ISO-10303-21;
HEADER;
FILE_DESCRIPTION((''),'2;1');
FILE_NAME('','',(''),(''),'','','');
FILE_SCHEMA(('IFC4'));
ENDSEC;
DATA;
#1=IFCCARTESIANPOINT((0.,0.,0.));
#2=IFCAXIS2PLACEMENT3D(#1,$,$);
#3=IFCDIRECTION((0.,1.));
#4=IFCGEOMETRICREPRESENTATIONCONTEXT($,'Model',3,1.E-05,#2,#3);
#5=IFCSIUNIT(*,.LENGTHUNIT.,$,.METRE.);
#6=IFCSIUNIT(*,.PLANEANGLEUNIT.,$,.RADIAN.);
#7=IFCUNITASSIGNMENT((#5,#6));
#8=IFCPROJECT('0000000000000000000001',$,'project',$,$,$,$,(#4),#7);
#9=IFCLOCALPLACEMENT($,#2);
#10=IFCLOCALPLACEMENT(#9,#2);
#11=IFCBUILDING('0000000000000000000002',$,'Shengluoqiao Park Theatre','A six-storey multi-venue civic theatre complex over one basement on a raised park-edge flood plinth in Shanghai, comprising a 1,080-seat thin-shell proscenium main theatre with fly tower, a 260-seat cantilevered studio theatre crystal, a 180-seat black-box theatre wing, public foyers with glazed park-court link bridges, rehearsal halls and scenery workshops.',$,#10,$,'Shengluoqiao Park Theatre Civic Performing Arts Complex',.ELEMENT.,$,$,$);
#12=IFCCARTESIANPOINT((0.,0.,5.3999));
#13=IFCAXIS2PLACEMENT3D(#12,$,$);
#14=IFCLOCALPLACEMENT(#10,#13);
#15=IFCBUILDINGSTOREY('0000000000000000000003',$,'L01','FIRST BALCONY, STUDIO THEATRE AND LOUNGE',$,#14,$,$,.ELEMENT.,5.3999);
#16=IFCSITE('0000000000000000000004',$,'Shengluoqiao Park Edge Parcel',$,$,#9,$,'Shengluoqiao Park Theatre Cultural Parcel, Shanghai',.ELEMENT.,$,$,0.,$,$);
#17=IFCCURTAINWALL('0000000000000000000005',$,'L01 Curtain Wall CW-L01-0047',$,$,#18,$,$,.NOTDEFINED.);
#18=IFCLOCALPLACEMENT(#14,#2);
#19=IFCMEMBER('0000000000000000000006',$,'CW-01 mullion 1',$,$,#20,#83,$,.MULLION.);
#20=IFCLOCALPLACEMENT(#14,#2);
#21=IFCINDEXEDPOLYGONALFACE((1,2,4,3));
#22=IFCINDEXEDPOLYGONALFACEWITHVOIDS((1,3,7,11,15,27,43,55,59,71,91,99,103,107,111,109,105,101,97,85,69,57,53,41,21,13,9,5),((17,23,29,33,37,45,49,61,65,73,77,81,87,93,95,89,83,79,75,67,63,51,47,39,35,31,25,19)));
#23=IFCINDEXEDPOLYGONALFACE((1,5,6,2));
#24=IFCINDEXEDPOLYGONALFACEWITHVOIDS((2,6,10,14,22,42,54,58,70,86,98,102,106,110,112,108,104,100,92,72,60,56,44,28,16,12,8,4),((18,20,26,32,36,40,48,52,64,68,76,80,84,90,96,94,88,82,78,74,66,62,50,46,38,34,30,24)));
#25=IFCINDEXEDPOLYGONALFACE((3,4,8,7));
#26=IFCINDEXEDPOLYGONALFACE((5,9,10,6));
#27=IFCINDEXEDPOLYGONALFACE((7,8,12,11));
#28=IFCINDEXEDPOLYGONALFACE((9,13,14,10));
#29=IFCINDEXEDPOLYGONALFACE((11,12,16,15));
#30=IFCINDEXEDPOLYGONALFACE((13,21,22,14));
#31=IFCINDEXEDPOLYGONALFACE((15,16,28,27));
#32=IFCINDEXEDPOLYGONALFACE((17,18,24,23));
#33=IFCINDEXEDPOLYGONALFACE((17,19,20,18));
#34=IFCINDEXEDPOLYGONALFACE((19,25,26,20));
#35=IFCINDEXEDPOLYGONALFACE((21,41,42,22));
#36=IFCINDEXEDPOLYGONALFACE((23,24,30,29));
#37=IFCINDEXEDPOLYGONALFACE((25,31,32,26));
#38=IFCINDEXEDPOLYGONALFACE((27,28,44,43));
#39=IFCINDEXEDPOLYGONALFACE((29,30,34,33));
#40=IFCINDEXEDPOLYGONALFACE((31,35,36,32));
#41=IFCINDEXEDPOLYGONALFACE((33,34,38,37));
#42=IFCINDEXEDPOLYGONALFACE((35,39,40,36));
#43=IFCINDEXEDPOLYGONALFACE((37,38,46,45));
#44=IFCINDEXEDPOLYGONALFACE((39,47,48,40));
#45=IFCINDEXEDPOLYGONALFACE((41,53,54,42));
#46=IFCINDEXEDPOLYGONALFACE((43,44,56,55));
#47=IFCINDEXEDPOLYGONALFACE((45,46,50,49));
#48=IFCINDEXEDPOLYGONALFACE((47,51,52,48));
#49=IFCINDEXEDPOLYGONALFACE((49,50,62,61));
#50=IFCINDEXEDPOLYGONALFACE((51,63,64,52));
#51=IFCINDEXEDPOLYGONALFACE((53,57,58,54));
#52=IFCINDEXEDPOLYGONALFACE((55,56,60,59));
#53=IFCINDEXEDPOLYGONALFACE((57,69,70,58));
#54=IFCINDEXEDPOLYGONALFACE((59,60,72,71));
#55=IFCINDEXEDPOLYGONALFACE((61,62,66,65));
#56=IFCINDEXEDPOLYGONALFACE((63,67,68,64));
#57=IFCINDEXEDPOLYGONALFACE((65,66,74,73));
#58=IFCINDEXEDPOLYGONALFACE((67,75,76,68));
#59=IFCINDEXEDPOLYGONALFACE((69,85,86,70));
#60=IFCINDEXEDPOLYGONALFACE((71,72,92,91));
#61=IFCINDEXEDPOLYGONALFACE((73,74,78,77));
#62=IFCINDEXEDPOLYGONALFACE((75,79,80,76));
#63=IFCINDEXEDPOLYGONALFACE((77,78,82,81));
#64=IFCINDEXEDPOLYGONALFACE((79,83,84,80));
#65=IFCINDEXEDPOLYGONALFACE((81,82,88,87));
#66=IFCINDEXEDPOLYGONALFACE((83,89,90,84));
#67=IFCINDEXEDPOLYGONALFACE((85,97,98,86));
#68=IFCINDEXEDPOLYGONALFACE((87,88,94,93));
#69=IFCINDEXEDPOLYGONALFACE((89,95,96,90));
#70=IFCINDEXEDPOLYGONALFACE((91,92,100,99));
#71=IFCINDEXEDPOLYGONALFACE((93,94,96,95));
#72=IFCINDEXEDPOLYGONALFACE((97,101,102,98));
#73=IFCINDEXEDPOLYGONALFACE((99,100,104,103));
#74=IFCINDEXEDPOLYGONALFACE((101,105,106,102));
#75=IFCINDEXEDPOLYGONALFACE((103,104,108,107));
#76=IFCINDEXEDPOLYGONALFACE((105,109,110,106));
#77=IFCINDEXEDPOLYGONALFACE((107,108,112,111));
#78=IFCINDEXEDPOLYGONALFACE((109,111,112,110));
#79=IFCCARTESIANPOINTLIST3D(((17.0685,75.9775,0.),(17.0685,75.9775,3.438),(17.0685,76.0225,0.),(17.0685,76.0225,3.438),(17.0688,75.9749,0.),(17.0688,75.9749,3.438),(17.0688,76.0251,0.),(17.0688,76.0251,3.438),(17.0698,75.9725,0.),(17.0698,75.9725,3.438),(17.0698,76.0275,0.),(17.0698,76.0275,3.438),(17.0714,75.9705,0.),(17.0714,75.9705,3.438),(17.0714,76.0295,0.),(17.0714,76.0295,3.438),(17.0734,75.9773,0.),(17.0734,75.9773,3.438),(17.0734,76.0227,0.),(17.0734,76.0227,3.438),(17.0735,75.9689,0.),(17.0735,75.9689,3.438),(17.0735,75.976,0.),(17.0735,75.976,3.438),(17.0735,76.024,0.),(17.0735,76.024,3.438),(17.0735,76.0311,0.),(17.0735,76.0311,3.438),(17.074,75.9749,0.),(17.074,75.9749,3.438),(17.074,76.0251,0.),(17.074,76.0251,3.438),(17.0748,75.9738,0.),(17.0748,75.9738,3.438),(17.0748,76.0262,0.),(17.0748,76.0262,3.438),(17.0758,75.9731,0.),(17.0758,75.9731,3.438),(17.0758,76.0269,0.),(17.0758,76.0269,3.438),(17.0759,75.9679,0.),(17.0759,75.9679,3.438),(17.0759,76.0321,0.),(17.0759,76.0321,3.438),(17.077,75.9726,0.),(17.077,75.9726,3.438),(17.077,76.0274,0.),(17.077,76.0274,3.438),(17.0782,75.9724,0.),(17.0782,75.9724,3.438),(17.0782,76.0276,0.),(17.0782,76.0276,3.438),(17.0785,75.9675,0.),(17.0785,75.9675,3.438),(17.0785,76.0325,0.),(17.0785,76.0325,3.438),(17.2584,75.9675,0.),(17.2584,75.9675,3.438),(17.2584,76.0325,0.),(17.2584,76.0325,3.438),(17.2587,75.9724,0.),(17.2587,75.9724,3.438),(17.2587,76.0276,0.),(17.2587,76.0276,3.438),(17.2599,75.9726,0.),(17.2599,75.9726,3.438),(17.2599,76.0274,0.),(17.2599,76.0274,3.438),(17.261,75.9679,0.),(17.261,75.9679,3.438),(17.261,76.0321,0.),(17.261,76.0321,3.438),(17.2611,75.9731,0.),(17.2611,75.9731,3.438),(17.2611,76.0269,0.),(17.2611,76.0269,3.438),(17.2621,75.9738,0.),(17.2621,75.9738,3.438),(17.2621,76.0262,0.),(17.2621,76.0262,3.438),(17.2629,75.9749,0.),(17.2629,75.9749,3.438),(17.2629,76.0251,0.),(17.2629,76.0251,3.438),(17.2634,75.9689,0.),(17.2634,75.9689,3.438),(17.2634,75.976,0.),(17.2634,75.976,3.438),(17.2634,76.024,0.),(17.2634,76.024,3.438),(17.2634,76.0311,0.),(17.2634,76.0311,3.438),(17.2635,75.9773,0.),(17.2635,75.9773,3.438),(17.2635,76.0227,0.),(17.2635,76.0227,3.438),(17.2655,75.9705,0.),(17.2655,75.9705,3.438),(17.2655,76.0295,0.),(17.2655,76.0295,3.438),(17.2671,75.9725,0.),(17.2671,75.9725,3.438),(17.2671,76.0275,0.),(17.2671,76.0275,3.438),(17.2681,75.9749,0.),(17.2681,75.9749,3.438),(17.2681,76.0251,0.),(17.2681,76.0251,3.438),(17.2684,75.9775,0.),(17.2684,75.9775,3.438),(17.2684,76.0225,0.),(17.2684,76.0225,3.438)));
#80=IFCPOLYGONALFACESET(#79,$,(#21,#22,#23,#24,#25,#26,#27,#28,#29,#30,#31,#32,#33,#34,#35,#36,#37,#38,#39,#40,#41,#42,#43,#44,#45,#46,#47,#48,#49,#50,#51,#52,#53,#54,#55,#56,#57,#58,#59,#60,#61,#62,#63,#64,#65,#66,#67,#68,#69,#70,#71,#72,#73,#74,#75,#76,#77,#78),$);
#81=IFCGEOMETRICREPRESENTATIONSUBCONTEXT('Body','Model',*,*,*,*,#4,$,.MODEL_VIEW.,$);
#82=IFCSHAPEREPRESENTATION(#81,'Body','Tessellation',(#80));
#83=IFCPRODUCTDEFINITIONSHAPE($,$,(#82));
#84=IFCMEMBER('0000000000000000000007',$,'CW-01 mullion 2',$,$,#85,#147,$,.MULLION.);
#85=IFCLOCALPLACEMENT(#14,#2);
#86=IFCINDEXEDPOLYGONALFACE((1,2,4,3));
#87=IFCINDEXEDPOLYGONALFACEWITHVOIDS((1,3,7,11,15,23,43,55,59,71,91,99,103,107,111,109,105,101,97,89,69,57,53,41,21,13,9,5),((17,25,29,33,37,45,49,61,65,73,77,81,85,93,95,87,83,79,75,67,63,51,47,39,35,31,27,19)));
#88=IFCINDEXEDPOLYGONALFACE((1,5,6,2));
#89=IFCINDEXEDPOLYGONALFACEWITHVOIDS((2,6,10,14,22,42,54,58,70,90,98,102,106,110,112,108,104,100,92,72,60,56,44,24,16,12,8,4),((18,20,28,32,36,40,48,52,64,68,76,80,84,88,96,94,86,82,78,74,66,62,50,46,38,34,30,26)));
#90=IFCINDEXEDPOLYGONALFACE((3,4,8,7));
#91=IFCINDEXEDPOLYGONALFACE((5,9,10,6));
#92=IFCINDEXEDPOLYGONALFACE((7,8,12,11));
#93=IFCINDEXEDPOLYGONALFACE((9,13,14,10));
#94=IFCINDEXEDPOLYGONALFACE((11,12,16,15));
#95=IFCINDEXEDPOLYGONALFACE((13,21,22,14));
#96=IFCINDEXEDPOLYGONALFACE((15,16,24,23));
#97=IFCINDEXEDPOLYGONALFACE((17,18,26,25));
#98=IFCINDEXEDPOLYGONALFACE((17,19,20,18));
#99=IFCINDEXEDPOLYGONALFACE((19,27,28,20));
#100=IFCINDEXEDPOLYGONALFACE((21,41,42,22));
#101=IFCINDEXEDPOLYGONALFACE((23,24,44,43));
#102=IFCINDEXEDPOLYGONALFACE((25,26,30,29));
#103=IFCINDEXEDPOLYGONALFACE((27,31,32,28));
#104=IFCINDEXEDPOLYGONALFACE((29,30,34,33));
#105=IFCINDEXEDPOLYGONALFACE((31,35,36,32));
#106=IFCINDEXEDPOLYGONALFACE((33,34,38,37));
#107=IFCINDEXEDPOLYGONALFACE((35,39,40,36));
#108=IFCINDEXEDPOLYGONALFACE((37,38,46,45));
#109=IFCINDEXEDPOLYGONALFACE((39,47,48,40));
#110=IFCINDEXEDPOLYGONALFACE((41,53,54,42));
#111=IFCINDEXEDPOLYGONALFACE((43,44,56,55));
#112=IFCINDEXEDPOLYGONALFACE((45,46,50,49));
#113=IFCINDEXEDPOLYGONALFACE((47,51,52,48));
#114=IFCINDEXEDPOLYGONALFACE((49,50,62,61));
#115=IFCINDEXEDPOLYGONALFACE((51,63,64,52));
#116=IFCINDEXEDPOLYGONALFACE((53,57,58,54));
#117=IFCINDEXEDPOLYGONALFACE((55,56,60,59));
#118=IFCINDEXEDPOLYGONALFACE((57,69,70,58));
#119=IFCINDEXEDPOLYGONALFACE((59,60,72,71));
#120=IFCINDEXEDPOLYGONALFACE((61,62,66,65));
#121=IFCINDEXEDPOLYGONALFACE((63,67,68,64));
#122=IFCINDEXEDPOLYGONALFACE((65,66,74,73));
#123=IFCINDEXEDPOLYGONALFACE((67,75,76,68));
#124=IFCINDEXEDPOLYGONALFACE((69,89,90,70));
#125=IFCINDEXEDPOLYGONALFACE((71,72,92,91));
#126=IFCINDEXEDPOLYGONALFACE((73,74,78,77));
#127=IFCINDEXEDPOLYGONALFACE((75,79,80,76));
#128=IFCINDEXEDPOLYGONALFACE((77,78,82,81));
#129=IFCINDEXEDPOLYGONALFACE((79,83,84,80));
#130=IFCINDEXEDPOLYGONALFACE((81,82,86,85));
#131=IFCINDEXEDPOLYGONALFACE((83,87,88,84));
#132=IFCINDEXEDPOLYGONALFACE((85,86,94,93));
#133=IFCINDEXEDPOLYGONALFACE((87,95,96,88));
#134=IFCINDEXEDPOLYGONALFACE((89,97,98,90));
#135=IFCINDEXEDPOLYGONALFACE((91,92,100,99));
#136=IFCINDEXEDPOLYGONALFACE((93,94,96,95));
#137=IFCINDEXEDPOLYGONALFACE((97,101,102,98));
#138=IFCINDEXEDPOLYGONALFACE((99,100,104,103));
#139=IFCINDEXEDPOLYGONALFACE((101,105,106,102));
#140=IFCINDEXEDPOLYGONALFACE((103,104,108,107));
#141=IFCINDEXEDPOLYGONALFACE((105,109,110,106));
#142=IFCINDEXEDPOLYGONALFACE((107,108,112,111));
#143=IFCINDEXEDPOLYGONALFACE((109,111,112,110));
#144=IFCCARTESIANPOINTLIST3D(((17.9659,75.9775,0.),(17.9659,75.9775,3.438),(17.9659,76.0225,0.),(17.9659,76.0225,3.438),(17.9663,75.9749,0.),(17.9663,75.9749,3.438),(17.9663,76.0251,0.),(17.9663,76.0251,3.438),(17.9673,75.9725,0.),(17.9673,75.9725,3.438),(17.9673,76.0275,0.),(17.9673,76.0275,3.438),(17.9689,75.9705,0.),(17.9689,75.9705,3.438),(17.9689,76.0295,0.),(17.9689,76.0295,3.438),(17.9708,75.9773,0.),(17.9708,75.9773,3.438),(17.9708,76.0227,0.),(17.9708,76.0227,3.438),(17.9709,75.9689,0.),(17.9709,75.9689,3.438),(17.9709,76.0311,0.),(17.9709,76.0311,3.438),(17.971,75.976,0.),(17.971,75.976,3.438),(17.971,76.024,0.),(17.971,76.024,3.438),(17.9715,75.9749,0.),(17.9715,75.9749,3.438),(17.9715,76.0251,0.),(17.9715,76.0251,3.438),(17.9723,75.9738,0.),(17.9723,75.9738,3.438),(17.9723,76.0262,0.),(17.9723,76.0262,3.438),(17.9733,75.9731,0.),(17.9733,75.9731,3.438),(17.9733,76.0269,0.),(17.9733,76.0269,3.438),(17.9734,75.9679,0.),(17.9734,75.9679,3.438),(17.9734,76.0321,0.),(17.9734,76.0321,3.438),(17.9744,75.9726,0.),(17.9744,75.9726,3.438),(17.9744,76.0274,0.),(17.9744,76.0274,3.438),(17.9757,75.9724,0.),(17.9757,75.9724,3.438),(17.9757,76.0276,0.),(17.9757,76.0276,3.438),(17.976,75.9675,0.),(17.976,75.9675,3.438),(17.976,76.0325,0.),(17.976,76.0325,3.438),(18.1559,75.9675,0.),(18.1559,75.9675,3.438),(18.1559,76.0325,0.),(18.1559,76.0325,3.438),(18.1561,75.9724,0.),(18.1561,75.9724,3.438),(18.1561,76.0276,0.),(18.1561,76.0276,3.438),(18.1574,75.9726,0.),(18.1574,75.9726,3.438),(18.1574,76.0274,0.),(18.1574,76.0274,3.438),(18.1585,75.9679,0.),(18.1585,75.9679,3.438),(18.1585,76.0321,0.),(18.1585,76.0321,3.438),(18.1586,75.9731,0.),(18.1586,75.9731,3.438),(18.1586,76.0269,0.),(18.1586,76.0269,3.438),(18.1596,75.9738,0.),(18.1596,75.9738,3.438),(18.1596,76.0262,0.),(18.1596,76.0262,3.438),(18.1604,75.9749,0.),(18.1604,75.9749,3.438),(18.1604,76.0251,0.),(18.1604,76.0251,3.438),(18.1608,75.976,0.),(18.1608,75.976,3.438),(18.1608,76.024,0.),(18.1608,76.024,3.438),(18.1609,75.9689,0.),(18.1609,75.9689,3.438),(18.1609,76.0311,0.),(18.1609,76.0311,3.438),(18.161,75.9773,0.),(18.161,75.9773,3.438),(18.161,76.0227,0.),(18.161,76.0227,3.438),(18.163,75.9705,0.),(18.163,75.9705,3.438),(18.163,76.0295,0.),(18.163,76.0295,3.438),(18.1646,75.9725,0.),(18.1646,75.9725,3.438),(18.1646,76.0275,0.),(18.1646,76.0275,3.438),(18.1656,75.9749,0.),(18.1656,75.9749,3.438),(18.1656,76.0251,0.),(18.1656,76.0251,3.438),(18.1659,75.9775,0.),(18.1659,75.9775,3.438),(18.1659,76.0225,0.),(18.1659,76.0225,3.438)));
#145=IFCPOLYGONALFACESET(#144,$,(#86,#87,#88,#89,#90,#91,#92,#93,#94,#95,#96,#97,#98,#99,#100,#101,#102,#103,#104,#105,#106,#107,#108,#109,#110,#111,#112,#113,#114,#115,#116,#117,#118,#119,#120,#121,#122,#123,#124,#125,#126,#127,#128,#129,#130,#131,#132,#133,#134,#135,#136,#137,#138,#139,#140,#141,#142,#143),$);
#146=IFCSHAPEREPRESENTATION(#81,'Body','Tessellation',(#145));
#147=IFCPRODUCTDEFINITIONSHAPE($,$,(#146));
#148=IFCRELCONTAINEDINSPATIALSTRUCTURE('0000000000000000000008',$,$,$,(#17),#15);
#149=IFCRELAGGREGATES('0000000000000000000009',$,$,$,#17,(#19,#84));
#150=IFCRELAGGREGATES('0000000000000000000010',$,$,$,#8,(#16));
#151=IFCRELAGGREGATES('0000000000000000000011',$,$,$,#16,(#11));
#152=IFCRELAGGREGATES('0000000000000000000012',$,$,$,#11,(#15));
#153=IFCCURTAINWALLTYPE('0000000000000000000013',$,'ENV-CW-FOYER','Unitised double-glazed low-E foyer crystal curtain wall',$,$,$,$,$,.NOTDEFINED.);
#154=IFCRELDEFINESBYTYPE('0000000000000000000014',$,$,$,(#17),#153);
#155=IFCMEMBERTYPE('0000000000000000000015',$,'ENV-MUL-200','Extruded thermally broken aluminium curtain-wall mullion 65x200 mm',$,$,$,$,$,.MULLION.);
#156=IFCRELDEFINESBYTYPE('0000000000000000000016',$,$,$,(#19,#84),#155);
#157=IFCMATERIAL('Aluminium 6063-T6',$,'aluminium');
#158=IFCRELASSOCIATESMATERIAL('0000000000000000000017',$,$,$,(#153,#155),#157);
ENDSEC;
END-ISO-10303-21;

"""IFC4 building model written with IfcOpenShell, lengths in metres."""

from ifc_helpers import new_model, si_unit, direction, frame, origin, origin_2d, place, context, subcontext, project, spatial, hollow_rectangle, extrude, material, material_profile, profile_set, type_object, element, aggregate, save


model = new_model("IFC4")

# Units and contexts
model_context = context("Model", 3, precision=1e-05, world=origin(), true_north=direction((0.0, 1.0)))
body_context = subcontext(model_context, "Body", "Model", "MODEL_VIEW")
ifc_project = project(units=[si_unit("LENGTHUNIT", "METRE"), si_unit("PLANEANGLEUNIT", "RADIAN")], contexts=[model_context])

# Site, building, storey
site_placement = place(None, origin())
site = spatial("IfcSite", under=ifc_project, at=site_placement, Name="Shengluoqiao Park Edge Parcel", LongName="Shengluoqiao Park Theatre Cultural Parcel, Shanghai", CompositionType="ELEMENT", RefElevation=0.0)
building_placement = place(site_placement, origin())
building = spatial("IfcBuilding", under=site, at=building_placement, Name="Shengluoqiao Park Theatre", Description="A six-storey multi-venue civic theatre complex over one basement on a raised park-edge flood plinth in Shanghai, comprising a 1,080-seat thin-shell proscenium main theatre with fly tower, a 260-seat cantilevered studio theatre crystal, a 180-seat black-box theatre wing, public foyers with glazed park-court link bridges, rehearsal halls and scenery workshops.", LongName="Shengluoqiao Park Theatre Civic Performing Arts Complex", CompositionType="ELEMENT")
storey_placement = place(building_placement, frame((0.0, 0.0, 5.3999)))
storey = spatial("IfcBuildingStorey", under=building, at=storey_placement, Name="L01", Description="FIRST BALCONY, STUDIO THEATRE AND LOUNGE", CompositionType="ELEMENT", Elevation=5.3999)

# Shared definitions
ifc_material_1 = material(Name="Aluminium 6063-T6", Category="aluminium")
curtain_wall_type = type_object("IfcCurtainWallType", Name="ENV-CW-FOYER", Description="Unitised double-glazed low-E foyer crystal curtain wall", PredefinedType="NOTDEFINED", material=ifc_material_1)
ifc_material_profile_1 = material_profile(ifc_material_1, hollow_rectangle(XDim=0.0649, YDim=0.2, WallThickness=0.0049, InnerFilletRadius=0.0049, OuterFilletRadius=0.01, at=origin_2d()), Name="ALU MULLION 200x65x5")
ifc_profile_set_1 = profile_set([ifc_material_profile_1], Name="Aluminium 6063-T6")
member_type_1 = type_object("IfcMemberType", Name="ENV-MUL-200", Description="Extruded thermally broken aluminium curtain-wall mullion 65x200 mm", PredefinedType="MULLION", material=ifc_profile_set_1)

# Curtain wall, members
curtain_wall_1_placement = place(storey_placement, origin())
curtain_wall_1 = element("IfcCurtainWall", 1, at=curtain_wall_1_placement, inside=storey, type_object=curtain_wall_type, Name="L01 Curtain Wall CW-L01-0047", PredefinedType="NOTDEFINED")
member_1_placement = place(storey_placement, frame((17.1685, 76.0, 0.0), z_axis=(0.0, 0.0, 1.0), x_axis=(0.0, 1.0, 0.0)))
member_1 = element("IfcMember", 2, at=member_1_placement, type_object=member_type_1, Name="CW-01 mullion 1", PredefinedType="MULLION", context=body_context, shape_type="SweptSolid", body=[
    extrude(hollow_rectangle(XDim=0.0649, YDim=0.2, WallThickness=0.0049, InnerFilletRadius=0.0049, OuterFilletRadius=0.01, at=origin_2d()), origin(), (0.0, 0.0, 1.0), 3.438),
])
member_2_placement = place(storey_placement, frame((18.0659, 76.0, 0.0), z_axis=(0.0, 0.0, 1.0), x_axis=(0.0, 1.0, 0.0)))
member_2 = element("IfcMember", 3, at=member_2_placement, type_object=member_type_1, Name="CW-01 mullion 2", PredefinedType="MULLION", context=body_context, shape_type="SweptSolid", body=[
    extrude(hollow_rectangle(XDim=0.0649, YDim=0.2, WallThickness=0.0049, InnerFilletRadius=0.0049, OuterFilletRadius=0.01, at=origin_2d()), origin(), (0.0, 0.0, 1.0), 3.438),
])

aggregate(curtain_wall_1, [member_1, member_2])

save(model, "model.ifc")
